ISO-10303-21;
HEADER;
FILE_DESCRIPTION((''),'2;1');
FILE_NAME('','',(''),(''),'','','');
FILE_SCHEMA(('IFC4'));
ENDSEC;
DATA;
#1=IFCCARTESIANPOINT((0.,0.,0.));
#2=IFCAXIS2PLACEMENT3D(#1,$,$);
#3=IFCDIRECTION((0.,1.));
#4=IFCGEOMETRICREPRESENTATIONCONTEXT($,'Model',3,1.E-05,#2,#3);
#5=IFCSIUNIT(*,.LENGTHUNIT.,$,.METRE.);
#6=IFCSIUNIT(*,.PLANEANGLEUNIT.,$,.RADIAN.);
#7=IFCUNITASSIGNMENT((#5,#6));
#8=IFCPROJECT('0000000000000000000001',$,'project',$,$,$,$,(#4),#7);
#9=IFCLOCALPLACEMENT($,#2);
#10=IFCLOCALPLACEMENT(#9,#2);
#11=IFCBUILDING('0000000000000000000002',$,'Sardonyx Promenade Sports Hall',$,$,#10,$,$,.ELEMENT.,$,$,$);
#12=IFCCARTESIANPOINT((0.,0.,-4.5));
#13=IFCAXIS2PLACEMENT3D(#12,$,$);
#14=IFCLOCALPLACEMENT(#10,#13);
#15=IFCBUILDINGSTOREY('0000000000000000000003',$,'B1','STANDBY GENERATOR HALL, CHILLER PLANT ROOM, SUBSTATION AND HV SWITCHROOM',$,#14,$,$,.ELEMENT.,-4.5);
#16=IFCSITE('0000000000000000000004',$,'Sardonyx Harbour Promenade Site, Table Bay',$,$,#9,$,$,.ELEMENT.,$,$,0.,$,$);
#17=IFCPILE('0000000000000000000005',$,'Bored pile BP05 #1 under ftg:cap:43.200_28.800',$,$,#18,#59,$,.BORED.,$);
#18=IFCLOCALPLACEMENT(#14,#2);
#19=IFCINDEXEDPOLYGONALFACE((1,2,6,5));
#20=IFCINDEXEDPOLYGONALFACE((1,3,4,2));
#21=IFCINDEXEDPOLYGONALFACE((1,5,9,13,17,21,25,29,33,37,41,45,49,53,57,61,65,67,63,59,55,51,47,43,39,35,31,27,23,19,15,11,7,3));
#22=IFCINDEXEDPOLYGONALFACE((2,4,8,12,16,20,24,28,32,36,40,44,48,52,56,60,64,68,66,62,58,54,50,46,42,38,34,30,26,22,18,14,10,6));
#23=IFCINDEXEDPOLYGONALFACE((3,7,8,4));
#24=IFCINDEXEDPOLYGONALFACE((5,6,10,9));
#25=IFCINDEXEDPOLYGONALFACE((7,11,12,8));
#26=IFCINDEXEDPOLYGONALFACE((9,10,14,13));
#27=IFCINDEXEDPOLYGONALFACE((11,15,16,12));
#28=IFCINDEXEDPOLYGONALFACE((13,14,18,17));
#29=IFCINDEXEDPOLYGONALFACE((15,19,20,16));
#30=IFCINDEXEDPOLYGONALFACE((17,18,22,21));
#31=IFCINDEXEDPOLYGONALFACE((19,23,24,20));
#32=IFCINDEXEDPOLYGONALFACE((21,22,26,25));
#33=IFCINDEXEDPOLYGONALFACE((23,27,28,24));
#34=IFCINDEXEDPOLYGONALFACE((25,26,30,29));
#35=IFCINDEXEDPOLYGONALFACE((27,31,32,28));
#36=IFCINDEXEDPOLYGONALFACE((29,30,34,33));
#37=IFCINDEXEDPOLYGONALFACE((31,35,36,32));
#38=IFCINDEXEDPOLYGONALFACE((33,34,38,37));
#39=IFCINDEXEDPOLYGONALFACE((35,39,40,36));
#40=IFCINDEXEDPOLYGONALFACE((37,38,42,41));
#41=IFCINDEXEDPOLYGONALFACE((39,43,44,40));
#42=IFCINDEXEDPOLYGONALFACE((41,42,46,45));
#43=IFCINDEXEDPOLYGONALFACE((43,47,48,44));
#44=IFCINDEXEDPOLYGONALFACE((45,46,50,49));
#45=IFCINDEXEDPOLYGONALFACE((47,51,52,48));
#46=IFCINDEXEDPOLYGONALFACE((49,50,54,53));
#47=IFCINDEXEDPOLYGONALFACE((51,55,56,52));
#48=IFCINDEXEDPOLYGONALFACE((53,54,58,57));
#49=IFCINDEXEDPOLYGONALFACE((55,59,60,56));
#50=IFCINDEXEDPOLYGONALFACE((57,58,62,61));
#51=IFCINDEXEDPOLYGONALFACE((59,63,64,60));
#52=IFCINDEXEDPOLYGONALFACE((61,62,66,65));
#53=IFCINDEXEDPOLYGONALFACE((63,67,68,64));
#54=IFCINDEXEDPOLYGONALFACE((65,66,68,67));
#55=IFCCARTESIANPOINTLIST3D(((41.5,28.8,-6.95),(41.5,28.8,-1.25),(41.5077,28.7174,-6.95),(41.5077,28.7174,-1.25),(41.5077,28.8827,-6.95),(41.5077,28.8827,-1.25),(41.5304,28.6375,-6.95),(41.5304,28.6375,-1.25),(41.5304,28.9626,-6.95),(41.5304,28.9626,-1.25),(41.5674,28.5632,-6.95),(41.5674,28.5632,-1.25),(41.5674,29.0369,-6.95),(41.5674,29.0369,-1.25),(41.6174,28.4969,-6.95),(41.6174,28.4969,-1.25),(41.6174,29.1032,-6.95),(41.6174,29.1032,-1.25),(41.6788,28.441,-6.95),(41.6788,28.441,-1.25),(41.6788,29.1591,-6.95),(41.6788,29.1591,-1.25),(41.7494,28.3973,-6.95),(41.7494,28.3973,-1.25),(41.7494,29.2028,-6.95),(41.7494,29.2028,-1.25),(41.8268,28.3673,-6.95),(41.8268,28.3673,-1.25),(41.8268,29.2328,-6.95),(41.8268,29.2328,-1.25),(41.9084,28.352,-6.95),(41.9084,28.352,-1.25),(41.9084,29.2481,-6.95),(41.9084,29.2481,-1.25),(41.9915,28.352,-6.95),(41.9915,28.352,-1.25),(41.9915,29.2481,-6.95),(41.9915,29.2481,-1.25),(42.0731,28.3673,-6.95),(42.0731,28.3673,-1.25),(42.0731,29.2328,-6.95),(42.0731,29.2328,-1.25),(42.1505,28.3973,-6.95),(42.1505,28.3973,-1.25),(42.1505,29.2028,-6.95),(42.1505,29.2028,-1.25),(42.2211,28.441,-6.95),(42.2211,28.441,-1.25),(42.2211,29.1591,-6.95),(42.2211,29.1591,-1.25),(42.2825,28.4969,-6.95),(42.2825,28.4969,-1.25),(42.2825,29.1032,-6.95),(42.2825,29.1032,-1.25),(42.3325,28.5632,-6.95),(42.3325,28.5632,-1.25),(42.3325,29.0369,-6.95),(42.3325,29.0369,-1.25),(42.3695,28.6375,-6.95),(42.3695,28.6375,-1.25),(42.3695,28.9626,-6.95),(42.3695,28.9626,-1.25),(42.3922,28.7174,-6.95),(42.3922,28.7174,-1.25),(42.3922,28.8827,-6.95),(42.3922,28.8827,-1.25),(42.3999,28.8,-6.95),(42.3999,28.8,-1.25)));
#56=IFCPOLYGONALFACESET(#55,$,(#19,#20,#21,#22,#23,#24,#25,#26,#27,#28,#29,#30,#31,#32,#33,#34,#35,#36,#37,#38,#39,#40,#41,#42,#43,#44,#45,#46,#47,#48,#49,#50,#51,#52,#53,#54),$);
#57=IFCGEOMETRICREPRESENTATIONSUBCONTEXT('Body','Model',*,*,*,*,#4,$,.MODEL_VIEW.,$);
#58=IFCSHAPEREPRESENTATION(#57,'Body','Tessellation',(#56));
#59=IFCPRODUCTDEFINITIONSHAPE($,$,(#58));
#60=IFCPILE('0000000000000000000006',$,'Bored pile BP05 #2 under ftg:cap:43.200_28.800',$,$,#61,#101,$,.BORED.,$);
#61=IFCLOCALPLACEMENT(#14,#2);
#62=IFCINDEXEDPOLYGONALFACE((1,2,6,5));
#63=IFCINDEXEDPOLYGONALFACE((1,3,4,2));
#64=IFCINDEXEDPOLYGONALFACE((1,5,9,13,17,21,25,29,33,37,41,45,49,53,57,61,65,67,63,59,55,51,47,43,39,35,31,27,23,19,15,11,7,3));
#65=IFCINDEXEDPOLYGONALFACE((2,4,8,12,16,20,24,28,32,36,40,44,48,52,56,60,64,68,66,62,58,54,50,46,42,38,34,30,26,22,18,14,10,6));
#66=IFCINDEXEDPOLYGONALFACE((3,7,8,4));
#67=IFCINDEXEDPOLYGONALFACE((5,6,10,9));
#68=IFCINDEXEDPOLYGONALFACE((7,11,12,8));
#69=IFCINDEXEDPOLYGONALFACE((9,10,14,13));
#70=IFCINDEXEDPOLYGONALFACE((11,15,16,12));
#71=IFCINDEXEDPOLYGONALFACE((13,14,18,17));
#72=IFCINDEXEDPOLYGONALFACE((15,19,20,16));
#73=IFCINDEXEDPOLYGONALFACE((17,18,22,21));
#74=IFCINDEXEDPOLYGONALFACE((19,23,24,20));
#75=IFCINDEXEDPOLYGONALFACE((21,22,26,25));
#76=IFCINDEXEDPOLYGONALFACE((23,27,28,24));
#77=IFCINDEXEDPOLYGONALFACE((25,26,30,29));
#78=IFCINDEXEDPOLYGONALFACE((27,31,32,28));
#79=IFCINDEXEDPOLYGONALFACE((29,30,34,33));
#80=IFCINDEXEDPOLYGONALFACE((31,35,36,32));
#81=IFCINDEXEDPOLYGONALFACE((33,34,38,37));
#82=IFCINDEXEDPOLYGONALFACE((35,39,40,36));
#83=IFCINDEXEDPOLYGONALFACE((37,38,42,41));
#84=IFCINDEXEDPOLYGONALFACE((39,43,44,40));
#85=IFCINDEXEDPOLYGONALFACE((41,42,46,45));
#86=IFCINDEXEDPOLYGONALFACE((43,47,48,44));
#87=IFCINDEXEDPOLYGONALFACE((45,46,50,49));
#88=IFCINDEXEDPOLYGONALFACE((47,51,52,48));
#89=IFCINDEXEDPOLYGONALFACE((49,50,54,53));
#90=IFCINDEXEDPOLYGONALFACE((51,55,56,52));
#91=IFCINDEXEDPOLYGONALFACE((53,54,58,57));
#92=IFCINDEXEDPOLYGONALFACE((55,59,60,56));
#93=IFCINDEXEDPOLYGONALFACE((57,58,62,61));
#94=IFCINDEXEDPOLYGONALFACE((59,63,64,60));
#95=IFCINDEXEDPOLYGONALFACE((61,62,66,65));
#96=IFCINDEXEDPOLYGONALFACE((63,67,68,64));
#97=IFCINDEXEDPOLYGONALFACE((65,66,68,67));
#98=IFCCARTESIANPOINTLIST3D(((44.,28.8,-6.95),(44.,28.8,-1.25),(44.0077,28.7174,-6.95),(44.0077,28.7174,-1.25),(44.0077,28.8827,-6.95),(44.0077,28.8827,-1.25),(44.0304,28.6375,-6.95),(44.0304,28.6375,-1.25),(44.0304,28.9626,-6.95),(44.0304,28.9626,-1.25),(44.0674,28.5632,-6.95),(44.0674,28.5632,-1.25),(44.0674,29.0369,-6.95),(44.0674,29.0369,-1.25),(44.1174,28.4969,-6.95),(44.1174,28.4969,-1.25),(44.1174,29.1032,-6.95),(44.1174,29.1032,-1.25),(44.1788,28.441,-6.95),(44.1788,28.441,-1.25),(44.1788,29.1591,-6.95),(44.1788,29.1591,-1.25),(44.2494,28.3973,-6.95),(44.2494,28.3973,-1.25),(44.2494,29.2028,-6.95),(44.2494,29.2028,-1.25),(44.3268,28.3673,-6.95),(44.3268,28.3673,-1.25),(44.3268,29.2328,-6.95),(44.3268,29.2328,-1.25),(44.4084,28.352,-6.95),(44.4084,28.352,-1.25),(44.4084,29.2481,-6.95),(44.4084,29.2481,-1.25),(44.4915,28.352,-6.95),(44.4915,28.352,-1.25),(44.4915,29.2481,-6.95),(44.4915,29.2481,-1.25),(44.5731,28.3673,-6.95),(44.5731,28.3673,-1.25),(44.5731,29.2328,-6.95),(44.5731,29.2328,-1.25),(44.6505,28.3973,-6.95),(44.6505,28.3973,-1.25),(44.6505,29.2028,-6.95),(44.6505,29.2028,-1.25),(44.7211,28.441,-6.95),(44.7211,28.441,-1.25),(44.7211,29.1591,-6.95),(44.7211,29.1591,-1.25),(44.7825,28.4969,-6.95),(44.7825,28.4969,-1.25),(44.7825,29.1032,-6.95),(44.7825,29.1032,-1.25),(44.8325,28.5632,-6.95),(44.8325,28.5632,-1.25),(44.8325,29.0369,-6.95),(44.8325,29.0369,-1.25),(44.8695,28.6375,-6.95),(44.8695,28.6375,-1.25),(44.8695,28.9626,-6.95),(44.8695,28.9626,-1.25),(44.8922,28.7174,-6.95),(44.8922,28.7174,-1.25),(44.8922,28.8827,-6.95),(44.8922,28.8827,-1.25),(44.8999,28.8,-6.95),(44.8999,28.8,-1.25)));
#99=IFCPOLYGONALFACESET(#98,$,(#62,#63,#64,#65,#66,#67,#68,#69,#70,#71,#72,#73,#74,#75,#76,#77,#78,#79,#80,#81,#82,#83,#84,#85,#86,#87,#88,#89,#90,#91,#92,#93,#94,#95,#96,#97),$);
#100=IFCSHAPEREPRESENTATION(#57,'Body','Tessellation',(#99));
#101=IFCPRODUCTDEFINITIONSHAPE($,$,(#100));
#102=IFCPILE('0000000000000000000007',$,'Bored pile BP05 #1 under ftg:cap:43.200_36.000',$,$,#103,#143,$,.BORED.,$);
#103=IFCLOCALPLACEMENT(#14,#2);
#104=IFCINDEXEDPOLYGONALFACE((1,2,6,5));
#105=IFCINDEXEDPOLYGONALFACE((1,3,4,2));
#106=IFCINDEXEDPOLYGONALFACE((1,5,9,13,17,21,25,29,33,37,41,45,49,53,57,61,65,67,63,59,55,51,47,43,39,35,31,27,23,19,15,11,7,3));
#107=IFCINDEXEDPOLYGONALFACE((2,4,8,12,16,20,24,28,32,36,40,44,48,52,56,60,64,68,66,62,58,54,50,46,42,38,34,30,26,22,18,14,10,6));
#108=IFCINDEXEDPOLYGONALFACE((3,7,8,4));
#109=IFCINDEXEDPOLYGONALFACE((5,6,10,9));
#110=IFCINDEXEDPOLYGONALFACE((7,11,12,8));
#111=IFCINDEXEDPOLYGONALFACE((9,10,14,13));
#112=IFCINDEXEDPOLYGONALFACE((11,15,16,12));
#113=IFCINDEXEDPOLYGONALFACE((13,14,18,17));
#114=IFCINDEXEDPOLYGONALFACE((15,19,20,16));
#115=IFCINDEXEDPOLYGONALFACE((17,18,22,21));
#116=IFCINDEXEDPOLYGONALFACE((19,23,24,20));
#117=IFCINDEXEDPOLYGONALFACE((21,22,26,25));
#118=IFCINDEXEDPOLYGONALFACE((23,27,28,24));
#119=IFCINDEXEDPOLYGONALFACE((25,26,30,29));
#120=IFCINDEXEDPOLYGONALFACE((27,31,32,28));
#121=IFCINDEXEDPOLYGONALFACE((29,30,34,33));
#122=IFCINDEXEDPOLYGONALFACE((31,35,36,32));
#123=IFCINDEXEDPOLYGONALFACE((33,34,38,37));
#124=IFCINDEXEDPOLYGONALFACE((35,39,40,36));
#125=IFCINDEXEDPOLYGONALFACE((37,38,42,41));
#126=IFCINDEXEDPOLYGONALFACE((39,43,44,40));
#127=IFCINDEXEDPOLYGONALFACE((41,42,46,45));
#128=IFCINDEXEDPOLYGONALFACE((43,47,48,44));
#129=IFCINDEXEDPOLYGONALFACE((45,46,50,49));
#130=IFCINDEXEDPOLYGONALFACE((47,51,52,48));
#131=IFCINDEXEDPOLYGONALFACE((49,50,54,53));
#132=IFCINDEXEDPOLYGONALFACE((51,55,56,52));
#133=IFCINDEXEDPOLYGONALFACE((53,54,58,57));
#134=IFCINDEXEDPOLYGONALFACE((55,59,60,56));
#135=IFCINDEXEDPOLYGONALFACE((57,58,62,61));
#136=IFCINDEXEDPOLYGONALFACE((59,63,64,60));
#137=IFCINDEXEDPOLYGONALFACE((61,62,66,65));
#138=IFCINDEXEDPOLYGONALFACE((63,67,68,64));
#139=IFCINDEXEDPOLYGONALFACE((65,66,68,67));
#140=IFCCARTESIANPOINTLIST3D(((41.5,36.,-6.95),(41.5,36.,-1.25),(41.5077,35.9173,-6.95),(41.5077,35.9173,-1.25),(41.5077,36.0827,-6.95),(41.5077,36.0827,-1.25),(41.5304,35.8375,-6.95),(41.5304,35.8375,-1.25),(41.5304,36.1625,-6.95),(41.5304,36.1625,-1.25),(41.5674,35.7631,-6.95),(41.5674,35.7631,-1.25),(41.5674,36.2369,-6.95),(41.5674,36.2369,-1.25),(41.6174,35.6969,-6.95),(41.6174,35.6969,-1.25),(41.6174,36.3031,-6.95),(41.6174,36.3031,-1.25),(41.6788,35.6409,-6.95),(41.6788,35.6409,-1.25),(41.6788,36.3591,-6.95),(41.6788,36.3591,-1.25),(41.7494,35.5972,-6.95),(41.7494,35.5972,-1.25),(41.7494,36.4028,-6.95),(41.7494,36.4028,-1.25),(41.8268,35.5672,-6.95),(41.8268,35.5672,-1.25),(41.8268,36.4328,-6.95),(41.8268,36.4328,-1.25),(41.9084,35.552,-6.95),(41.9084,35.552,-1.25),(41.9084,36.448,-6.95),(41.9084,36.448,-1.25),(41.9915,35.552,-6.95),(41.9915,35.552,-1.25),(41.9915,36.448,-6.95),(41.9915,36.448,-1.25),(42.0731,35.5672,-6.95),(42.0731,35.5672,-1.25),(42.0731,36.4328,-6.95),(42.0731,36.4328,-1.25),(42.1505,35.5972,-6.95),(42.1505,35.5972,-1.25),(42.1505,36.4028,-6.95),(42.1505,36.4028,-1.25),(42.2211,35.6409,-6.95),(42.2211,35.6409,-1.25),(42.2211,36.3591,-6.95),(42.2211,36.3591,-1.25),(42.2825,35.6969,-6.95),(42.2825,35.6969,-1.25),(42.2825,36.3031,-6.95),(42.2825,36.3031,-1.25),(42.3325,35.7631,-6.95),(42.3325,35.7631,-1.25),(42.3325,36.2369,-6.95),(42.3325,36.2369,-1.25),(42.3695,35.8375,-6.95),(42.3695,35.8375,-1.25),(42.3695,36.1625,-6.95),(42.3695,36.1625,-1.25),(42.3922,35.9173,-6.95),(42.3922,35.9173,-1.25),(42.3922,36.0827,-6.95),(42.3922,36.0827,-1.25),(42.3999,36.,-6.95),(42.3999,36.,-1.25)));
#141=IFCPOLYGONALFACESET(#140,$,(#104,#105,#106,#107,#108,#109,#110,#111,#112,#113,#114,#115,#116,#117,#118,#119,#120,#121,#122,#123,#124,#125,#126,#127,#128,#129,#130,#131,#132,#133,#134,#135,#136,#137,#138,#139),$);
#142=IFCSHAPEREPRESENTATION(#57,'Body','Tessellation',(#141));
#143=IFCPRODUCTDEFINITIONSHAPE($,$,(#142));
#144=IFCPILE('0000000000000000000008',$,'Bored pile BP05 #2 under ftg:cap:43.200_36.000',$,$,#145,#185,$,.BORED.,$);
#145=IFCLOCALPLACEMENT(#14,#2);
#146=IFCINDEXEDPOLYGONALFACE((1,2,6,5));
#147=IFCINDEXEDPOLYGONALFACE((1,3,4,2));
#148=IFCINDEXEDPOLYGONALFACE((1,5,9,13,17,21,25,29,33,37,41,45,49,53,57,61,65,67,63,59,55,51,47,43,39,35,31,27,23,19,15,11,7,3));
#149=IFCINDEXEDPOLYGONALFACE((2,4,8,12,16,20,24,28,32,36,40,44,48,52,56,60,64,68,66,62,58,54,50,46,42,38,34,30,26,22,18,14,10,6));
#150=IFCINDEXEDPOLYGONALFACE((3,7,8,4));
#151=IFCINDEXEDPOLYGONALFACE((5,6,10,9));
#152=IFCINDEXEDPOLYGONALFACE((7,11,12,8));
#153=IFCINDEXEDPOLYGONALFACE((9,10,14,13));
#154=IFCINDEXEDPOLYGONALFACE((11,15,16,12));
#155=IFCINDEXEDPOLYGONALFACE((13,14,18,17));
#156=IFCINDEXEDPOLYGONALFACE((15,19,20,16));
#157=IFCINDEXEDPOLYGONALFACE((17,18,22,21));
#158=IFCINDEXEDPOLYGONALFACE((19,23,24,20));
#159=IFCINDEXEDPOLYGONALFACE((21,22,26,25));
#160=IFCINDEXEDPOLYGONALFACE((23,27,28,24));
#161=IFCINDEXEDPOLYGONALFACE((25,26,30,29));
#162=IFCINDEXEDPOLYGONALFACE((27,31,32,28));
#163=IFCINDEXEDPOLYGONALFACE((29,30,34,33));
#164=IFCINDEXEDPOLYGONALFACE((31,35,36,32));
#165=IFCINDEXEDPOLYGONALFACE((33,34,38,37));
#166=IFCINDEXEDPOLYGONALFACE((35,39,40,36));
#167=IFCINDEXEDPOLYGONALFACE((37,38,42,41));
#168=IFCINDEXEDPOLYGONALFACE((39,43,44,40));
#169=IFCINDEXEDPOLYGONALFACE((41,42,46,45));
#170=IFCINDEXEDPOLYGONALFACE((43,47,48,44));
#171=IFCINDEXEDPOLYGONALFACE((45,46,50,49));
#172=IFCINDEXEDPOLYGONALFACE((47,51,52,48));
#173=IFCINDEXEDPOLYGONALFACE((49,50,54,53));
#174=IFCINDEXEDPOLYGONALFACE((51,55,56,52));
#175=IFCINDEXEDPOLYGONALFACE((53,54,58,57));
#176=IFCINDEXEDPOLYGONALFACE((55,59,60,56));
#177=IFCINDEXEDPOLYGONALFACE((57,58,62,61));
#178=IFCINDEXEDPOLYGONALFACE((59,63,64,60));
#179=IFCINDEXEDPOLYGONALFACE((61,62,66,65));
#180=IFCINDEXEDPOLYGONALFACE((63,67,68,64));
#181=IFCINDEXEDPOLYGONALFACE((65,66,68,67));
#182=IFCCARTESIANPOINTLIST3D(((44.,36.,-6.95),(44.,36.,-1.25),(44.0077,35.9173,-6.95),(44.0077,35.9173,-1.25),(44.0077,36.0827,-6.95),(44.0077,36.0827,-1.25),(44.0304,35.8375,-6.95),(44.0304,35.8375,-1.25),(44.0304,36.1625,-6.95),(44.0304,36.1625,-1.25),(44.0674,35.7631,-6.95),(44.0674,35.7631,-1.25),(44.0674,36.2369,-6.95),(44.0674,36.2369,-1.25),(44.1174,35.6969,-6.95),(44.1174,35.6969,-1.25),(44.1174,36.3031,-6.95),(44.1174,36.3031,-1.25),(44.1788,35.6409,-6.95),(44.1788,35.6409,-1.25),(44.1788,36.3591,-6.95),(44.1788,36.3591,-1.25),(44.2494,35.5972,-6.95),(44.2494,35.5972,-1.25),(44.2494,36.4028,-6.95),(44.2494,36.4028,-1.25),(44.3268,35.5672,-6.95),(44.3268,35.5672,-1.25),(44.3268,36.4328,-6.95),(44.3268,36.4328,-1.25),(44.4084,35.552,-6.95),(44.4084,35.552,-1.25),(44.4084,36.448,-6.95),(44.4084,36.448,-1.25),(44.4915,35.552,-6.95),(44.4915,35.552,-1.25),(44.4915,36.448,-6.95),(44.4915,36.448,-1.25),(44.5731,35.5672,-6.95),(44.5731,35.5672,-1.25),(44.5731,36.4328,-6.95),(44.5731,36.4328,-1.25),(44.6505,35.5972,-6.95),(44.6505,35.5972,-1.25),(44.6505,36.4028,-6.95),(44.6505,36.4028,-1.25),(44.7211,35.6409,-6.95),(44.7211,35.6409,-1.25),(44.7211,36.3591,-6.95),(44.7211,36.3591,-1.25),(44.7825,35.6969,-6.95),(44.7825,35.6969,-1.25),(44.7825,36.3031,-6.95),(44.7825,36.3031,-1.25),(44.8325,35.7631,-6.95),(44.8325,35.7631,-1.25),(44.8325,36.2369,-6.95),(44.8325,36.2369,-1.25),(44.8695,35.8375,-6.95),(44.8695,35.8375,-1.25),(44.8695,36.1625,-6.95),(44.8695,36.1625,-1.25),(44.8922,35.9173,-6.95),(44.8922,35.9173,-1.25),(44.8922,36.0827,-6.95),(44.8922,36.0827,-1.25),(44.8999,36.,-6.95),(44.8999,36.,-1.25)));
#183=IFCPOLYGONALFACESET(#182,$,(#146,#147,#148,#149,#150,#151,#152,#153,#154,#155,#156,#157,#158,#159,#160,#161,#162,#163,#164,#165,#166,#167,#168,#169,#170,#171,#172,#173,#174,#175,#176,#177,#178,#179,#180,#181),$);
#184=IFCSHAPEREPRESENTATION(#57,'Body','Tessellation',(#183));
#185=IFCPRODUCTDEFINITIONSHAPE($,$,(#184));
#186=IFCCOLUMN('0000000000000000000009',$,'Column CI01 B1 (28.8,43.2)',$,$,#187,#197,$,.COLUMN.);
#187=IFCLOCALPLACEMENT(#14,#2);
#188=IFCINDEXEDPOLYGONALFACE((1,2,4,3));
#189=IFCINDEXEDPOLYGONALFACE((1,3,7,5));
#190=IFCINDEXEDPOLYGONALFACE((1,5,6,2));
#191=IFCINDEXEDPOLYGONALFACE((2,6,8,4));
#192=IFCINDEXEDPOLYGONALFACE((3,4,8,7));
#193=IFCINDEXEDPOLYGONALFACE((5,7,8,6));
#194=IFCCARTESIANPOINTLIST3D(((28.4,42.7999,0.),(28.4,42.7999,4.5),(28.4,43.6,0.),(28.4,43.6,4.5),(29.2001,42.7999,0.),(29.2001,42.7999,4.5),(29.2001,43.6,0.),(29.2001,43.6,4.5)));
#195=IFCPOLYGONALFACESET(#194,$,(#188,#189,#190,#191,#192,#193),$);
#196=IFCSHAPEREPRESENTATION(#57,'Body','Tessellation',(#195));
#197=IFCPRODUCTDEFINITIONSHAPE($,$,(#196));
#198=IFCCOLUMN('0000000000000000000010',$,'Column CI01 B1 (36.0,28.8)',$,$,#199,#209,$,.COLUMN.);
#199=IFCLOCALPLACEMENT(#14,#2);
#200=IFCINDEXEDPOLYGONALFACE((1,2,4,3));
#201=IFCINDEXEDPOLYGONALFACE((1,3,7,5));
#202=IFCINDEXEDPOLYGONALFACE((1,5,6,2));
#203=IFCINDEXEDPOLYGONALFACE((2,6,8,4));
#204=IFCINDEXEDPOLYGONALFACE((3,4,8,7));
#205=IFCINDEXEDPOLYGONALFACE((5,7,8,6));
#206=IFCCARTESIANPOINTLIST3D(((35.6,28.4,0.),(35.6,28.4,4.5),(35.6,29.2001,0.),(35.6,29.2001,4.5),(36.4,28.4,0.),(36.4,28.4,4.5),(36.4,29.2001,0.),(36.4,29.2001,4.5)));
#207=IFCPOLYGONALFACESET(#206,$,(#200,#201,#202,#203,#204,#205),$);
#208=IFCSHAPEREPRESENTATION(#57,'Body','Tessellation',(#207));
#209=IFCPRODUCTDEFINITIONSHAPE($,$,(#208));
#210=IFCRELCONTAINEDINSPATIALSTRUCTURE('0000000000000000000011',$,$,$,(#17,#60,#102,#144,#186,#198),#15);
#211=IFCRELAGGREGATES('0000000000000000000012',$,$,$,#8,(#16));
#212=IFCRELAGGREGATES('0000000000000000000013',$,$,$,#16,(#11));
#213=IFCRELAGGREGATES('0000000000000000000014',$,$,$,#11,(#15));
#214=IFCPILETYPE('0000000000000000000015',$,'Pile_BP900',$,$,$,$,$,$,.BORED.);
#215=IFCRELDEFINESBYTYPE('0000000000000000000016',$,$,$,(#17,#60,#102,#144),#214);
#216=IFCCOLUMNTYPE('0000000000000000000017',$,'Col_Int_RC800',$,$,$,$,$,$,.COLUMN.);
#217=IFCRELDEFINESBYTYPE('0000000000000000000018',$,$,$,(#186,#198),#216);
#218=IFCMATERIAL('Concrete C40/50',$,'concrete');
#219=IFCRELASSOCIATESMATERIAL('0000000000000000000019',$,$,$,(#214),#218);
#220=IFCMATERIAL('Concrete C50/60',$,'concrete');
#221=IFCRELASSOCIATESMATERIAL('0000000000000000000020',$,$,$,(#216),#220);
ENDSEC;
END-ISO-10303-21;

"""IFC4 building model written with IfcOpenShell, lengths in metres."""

from ifc_helpers import new_model, si_unit, direction, frame, origin, origin_2d, place, context, subcontext, project, spatial, rectangle, circle, extrude, material, material_profile, profile_set, type_object, element, save


model = new_model("IFC4")

# Units and contexts
model_context = context("Model", 3, precision=1e-05, world=origin(), true_north=direction((0.0, 1.0)))
body_context = subcontext(model_context, "Body", "Model", "MODEL_VIEW")
ifc_project = project(units=[si_unit("LENGTHUNIT", "METRE"), si_unit("PLANEANGLEUNIT", "RADIAN")], contexts=[model_context])

# Site, building, storey
site_placement = place(None, origin())
site = spatial("IfcSite", under=ifc_project, at=site_placement, Name="Sardonyx Harbour Promenade Site, Table Bay", CompositionType="ELEMENT", RefElevation=0.0)
building_placement = place(site_placement, origin())
building = spatial("IfcBuilding", under=site, at=building_placement, Name="Sardonyx Promenade Sports Hall", CompositionType="ELEMENT")
storey_placement = place(building_placement, frame((0.0, 0.0, -4.5)))
storey = spatial("IfcBuildingStorey", under=building, at=storey_placement, Name="B1", Description="STANDBY GENERATOR HALL, CHILLER PLANT ROOM, SUBSTATION AND HV SWITCHROOM", CompositionType="ELEMENT", Elevation=-4.5)

# Piles
ifc_material_1 = material(Name="Concrete C40/50", Category="concrete")
ifc_material_profile_1 = material_profile(ifc_material_1, circle(Radius=0.45, at=origin_2d()))
ifc_profile_set_1 = profile_set([ifc_material_profile_1], Name="Concrete C40/50")
pile_type_1 = type_object("IfcPileType", Name="Pile_BP900", PredefinedType="BORED", material=ifc_profile_set_1)
for number, where, z_axis, x_axis, name in (
    (1, (41.95, 28.8, -1.25), (0.0, 0.0, -1.0), (1.0, 0.0, 0.0), "Bored pile BP05 #1 under ftg:cap:43.200_28.800"),
    (2, (44.45, 28.8, -1.25), (0.0, 0.0, -1.0), (1.0, 0.0, 0.0), "Bored pile BP05 #2 under ftg:cap:43.200_28.800"),
    (3, (41.95, 36.0, -1.25), (0.0, 0.0, -1.0), (1.0, 0.0, 0.0), "Bored pile BP05 #1 under ftg:cap:43.200_36.000"),
    (4, (44.45, 36.0, -1.25), (0.0, 0.0, -1.0), (1.0, 0.0, 0.0), "Bored pile BP05 #2 under ftg:cap:43.200_36.000"),
):
    element("IfcPile", number, at=place(storey_placement, frame(where, z_axis=z_axis, x_axis=x_axis)), inside=storey, type_object=pile_type_1, Name=name, PredefinedType="BORED", context=body_context, shape_type="SweptSolid", body=[
        extrude(circle(Radius=0.45, at=origin_2d()), origin(), (0.0, 0.0, 1.0), 5.7),
    ])

# Columns
ifc_material_2 = material(Name="Concrete C50/60", Category="concrete")
ifc_material_profile_2 = material_profile(ifc_material_2, rectangle(XDim=0.8, YDim=0.8, at=origin_2d()))
ifc_profile_set_2 = profile_set([ifc_material_profile_2], Name="Concrete C50/60")
column_type = type_object("IfcColumnType", Name="Col_Int_RC800", PredefinedType="COLUMN", material=ifc_profile_set_2)
for number, where, z_axis, x_axis, name in (
    (5, (28.8, 43.2, 0.0), (0.0, 0.0, 1.0), (1.0, 0.0, 0.0), "Column CI01 B1 (28.8,43.2)"),
    (6, (36.0, 28.8, 0.0), (0.0, 0.0, 1.0), (1.0, 0.0, 0.0), "Column CI01 B1 (36.0,28.8)"),
):
    element("IfcColumn", number, at=place(storey_placement, frame(where, z_axis=z_axis, x_axis=x_axis)), inside=storey, type_object=column_type, Name=name, PredefinedType="COLUMN", context=body_context, shape_type="SweptSolid", body=[
        extrude(rectangle(XDim=0.8, YDim=0.8, at=origin_2d()), origin(), (0.0, 0.0, 1.0), 4.5),
    ])

save(model, "model.ifc")
